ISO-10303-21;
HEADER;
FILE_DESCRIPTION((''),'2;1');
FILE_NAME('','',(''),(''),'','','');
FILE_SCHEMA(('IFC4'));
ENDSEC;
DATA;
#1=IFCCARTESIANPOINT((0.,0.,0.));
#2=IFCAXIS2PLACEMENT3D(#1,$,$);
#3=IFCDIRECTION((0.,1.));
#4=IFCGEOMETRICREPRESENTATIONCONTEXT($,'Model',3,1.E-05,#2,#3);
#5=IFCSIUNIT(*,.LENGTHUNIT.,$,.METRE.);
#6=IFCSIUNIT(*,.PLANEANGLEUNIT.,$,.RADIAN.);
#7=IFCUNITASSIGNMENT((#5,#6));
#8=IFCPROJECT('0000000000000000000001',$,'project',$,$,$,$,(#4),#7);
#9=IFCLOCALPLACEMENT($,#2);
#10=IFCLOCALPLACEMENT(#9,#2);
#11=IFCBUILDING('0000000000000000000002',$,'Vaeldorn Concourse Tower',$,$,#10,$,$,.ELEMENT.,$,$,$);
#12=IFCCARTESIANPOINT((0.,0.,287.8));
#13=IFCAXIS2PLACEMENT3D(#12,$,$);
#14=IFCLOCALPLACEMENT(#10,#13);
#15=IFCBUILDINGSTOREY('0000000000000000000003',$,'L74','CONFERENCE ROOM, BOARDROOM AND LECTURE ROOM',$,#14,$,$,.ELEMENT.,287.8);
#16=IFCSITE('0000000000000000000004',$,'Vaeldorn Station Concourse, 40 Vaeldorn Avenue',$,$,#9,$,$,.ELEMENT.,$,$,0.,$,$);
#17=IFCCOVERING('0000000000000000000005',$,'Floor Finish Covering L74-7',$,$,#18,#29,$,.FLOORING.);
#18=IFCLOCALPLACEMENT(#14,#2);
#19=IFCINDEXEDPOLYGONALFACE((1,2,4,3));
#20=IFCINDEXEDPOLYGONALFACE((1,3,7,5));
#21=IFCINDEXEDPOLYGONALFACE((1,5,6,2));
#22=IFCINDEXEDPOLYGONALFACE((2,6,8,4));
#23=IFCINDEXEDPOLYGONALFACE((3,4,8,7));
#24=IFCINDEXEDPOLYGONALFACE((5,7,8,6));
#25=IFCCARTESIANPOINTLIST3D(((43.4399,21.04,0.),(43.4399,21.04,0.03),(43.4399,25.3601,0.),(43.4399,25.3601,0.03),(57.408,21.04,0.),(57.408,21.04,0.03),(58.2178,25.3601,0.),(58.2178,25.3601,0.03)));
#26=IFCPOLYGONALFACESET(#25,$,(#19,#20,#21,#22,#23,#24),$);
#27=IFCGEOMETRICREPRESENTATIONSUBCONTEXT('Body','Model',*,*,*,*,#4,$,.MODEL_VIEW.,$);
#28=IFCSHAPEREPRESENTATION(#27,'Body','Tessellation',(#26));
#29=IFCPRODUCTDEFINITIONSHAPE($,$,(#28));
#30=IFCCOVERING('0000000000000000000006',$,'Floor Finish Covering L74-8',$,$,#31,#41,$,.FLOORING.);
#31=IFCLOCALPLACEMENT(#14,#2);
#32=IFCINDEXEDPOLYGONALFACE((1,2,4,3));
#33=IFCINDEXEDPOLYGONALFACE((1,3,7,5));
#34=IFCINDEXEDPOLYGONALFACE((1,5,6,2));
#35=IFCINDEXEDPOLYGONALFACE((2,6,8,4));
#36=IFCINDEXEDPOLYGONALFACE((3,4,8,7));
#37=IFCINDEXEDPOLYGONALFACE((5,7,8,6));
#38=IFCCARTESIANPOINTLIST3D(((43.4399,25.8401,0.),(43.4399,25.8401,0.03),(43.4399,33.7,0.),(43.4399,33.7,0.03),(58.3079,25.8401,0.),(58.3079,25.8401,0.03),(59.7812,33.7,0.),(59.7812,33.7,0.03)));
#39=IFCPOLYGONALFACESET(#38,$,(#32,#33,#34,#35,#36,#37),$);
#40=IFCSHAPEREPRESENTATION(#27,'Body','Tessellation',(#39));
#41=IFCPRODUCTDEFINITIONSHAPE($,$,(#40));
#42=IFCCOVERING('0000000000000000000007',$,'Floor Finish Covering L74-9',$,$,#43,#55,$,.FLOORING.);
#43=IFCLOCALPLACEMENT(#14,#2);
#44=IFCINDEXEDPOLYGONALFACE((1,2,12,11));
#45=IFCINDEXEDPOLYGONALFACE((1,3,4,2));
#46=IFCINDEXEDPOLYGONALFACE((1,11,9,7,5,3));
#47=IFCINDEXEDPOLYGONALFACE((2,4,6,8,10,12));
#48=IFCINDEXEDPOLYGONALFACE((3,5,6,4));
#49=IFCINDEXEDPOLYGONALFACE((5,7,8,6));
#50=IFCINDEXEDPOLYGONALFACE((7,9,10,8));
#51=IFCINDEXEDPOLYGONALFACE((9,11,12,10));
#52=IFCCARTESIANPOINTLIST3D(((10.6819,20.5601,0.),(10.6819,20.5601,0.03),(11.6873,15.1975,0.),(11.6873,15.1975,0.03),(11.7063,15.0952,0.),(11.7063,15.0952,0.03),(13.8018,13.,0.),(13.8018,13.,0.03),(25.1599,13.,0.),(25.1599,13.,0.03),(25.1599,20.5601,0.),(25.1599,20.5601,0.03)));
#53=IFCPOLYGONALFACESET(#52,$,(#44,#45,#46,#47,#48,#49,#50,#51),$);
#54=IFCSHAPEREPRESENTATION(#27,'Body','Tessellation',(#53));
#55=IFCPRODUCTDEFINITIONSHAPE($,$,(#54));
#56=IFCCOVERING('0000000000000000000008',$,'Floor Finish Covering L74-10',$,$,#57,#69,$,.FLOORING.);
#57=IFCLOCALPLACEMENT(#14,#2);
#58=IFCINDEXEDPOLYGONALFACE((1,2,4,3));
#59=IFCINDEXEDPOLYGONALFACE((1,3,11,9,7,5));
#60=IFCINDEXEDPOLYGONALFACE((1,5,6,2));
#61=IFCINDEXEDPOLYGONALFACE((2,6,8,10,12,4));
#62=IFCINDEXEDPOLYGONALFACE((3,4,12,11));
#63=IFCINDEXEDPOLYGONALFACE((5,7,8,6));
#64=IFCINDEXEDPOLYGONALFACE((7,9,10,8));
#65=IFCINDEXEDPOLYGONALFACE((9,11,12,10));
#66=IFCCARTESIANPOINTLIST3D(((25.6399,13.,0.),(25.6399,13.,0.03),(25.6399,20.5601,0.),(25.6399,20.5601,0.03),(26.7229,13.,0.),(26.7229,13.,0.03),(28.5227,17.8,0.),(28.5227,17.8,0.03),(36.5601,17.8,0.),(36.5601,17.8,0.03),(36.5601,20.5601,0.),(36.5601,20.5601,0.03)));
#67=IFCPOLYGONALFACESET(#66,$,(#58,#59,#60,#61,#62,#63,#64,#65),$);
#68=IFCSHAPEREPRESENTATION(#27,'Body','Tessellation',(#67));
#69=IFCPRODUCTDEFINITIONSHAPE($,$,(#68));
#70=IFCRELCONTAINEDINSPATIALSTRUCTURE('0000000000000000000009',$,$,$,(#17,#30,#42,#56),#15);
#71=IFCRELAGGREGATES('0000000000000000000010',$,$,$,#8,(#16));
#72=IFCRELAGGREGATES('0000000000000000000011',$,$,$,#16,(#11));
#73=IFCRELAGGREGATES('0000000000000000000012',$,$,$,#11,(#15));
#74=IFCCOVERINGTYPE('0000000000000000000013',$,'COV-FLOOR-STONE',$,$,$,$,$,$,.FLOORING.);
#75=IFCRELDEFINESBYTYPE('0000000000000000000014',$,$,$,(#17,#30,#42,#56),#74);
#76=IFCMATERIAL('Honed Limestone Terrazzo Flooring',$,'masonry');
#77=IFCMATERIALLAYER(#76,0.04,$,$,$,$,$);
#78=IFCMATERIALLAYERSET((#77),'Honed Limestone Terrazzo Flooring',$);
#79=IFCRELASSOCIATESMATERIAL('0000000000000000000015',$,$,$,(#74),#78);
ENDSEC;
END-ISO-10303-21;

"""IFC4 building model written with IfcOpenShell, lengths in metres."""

from ifc_helpers import new_model, si_unit, direction, frame, origin, place, context, subcontext, project, spatial, polyline, outline, extrude, material, layer, layer_set, type_object, element, save


model = new_model("IFC4")

# Units and contexts
model_context = context("Model", 3, precision=1e-05, world=origin(), true_north=direction((0.0, 1.0)))
body_context = subcontext(model_context, "Body", "Model", "MODEL_VIEW")
ifc_project = project(units=[si_unit("LENGTHUNIT", "METRE"), si_unit("PLANEANGLEUNIT", "RADIAN")], contexts=[model_context])

# Site, building, storey
site_placement = place(None, origin())
site = spatial("IfcSite", under=ifc_project, at=site_placement, Name="Vaeldorn Station Concourse, 40 Vaeldorn Avenue", CompositionType="ELEMENT", RefElevation=0.0)
building_placement = place(site_placement, origin())
building = spatial("IfcBuilding", under=site, at=building_placement, Name="Vaeldorn Concourse Tower", CompositionType="ELEMENT")
storey_placement = place(building_placement, frame((0.0, 0.0, 287.8)))
storey = spatial("IfcBuildingStorey", under=building, at=storey_placement, Name="L74", Description="CONFERENCE ROOM, BOARDROOM AND LECTURE ROOM", CompositionType="ELEMENT", Elevation=287.8)

# Coverings
ifc_material_1 = material(Name="Honed Limestone Terrazzo Flooring", Category="masonry")
ifc_layer_1 = layer(ifc_material_1, 0.04)
ifc_layer_set_1 = layer_set([ifc_layer_1], Name="Honed Limestone Terrazzo Flooring")
covering_type_1 = type_object("IfcCoveringType", Name="COV-FLOOR-STONE", PredefinedType="FLOORING", material=ifc_layer_set_1)
covering_1_placement = place(storey_placement, origin())
element("IfcCovering", 1, at=covering_1_placement, inside=storey, type_object=covering_type_1, Name="Floor Finish Covering L74-7", PredefinedType="FLOORING", context=body_context, shape_type="SweptSolid", body=[
    extrude(outline(polyline([(43.4399, 21.04), (43.4399, 25.3601), (58.2178, 25.3601), (57.408, 21.04), (43.4399, 21.04)])), origin(), (0.0, 0.0, 1.0), 0.03),
])
covering_2_placement = place(storey_placement, origin())
element("IfcCovering", 2, at=covering_2_placement, inside=storey, type_object=covering_type_1, Name="Floor Finish Covering L74-8", PredefinedType="FLOORING", context=body_context, shape_type="SweptSolid", body=[
    extrude(outline(polyline([(43.4399, 25.8401), (43.4399, 33.7), (59.7812, 33.7), (58.3079, 25.8401), (43.4399, 25.8401)])), origin(), (0.0, 0.0, 1.0), 0.03),
])
covering_3_placement = place(storey_placement, origin())
element("IfcCovering", 3, at=covering_3_placement, inside=storey, type_object=covering_type_1, Name="Floor Finish Covering L74-9", PredefinedType="FLOORING", context=body_context, shape_type="SweptSolid", body=[
    extrude(outline(polyline([(25.1599, 20.5601), (25.1599, 13.0), (13.8018, 13.0), (11.7063, 15.0952), (11.6873, 15.1975), (10.6819, 20.5601), (25.1599, 20.5601)])), origin(), (0.0, 0.0, 1.0), 0.03),
])
covering_4_placement = place(storey_placement, origin())
element("IfcCovering", 4, at=covering_4_placement, inside=storey, type_object=covering_type_1, Name="Floor Finish Covering L74-10", PredefinedType="FLOORING", context=body_context, shape_type="SweptSolid", body=[
    extrude(outline(polyline([(26.7229, 13.0), (25.6399, 13.0), (25.6399, 20.5601), (36.5601, 20.5601), (36.5601, 17.8), (28.5227, 17.8), (26.7229, 13.0)])), origin(), (0.0, 0.0, 1.0), 0.03),
])

save(model, "model.ifc")
